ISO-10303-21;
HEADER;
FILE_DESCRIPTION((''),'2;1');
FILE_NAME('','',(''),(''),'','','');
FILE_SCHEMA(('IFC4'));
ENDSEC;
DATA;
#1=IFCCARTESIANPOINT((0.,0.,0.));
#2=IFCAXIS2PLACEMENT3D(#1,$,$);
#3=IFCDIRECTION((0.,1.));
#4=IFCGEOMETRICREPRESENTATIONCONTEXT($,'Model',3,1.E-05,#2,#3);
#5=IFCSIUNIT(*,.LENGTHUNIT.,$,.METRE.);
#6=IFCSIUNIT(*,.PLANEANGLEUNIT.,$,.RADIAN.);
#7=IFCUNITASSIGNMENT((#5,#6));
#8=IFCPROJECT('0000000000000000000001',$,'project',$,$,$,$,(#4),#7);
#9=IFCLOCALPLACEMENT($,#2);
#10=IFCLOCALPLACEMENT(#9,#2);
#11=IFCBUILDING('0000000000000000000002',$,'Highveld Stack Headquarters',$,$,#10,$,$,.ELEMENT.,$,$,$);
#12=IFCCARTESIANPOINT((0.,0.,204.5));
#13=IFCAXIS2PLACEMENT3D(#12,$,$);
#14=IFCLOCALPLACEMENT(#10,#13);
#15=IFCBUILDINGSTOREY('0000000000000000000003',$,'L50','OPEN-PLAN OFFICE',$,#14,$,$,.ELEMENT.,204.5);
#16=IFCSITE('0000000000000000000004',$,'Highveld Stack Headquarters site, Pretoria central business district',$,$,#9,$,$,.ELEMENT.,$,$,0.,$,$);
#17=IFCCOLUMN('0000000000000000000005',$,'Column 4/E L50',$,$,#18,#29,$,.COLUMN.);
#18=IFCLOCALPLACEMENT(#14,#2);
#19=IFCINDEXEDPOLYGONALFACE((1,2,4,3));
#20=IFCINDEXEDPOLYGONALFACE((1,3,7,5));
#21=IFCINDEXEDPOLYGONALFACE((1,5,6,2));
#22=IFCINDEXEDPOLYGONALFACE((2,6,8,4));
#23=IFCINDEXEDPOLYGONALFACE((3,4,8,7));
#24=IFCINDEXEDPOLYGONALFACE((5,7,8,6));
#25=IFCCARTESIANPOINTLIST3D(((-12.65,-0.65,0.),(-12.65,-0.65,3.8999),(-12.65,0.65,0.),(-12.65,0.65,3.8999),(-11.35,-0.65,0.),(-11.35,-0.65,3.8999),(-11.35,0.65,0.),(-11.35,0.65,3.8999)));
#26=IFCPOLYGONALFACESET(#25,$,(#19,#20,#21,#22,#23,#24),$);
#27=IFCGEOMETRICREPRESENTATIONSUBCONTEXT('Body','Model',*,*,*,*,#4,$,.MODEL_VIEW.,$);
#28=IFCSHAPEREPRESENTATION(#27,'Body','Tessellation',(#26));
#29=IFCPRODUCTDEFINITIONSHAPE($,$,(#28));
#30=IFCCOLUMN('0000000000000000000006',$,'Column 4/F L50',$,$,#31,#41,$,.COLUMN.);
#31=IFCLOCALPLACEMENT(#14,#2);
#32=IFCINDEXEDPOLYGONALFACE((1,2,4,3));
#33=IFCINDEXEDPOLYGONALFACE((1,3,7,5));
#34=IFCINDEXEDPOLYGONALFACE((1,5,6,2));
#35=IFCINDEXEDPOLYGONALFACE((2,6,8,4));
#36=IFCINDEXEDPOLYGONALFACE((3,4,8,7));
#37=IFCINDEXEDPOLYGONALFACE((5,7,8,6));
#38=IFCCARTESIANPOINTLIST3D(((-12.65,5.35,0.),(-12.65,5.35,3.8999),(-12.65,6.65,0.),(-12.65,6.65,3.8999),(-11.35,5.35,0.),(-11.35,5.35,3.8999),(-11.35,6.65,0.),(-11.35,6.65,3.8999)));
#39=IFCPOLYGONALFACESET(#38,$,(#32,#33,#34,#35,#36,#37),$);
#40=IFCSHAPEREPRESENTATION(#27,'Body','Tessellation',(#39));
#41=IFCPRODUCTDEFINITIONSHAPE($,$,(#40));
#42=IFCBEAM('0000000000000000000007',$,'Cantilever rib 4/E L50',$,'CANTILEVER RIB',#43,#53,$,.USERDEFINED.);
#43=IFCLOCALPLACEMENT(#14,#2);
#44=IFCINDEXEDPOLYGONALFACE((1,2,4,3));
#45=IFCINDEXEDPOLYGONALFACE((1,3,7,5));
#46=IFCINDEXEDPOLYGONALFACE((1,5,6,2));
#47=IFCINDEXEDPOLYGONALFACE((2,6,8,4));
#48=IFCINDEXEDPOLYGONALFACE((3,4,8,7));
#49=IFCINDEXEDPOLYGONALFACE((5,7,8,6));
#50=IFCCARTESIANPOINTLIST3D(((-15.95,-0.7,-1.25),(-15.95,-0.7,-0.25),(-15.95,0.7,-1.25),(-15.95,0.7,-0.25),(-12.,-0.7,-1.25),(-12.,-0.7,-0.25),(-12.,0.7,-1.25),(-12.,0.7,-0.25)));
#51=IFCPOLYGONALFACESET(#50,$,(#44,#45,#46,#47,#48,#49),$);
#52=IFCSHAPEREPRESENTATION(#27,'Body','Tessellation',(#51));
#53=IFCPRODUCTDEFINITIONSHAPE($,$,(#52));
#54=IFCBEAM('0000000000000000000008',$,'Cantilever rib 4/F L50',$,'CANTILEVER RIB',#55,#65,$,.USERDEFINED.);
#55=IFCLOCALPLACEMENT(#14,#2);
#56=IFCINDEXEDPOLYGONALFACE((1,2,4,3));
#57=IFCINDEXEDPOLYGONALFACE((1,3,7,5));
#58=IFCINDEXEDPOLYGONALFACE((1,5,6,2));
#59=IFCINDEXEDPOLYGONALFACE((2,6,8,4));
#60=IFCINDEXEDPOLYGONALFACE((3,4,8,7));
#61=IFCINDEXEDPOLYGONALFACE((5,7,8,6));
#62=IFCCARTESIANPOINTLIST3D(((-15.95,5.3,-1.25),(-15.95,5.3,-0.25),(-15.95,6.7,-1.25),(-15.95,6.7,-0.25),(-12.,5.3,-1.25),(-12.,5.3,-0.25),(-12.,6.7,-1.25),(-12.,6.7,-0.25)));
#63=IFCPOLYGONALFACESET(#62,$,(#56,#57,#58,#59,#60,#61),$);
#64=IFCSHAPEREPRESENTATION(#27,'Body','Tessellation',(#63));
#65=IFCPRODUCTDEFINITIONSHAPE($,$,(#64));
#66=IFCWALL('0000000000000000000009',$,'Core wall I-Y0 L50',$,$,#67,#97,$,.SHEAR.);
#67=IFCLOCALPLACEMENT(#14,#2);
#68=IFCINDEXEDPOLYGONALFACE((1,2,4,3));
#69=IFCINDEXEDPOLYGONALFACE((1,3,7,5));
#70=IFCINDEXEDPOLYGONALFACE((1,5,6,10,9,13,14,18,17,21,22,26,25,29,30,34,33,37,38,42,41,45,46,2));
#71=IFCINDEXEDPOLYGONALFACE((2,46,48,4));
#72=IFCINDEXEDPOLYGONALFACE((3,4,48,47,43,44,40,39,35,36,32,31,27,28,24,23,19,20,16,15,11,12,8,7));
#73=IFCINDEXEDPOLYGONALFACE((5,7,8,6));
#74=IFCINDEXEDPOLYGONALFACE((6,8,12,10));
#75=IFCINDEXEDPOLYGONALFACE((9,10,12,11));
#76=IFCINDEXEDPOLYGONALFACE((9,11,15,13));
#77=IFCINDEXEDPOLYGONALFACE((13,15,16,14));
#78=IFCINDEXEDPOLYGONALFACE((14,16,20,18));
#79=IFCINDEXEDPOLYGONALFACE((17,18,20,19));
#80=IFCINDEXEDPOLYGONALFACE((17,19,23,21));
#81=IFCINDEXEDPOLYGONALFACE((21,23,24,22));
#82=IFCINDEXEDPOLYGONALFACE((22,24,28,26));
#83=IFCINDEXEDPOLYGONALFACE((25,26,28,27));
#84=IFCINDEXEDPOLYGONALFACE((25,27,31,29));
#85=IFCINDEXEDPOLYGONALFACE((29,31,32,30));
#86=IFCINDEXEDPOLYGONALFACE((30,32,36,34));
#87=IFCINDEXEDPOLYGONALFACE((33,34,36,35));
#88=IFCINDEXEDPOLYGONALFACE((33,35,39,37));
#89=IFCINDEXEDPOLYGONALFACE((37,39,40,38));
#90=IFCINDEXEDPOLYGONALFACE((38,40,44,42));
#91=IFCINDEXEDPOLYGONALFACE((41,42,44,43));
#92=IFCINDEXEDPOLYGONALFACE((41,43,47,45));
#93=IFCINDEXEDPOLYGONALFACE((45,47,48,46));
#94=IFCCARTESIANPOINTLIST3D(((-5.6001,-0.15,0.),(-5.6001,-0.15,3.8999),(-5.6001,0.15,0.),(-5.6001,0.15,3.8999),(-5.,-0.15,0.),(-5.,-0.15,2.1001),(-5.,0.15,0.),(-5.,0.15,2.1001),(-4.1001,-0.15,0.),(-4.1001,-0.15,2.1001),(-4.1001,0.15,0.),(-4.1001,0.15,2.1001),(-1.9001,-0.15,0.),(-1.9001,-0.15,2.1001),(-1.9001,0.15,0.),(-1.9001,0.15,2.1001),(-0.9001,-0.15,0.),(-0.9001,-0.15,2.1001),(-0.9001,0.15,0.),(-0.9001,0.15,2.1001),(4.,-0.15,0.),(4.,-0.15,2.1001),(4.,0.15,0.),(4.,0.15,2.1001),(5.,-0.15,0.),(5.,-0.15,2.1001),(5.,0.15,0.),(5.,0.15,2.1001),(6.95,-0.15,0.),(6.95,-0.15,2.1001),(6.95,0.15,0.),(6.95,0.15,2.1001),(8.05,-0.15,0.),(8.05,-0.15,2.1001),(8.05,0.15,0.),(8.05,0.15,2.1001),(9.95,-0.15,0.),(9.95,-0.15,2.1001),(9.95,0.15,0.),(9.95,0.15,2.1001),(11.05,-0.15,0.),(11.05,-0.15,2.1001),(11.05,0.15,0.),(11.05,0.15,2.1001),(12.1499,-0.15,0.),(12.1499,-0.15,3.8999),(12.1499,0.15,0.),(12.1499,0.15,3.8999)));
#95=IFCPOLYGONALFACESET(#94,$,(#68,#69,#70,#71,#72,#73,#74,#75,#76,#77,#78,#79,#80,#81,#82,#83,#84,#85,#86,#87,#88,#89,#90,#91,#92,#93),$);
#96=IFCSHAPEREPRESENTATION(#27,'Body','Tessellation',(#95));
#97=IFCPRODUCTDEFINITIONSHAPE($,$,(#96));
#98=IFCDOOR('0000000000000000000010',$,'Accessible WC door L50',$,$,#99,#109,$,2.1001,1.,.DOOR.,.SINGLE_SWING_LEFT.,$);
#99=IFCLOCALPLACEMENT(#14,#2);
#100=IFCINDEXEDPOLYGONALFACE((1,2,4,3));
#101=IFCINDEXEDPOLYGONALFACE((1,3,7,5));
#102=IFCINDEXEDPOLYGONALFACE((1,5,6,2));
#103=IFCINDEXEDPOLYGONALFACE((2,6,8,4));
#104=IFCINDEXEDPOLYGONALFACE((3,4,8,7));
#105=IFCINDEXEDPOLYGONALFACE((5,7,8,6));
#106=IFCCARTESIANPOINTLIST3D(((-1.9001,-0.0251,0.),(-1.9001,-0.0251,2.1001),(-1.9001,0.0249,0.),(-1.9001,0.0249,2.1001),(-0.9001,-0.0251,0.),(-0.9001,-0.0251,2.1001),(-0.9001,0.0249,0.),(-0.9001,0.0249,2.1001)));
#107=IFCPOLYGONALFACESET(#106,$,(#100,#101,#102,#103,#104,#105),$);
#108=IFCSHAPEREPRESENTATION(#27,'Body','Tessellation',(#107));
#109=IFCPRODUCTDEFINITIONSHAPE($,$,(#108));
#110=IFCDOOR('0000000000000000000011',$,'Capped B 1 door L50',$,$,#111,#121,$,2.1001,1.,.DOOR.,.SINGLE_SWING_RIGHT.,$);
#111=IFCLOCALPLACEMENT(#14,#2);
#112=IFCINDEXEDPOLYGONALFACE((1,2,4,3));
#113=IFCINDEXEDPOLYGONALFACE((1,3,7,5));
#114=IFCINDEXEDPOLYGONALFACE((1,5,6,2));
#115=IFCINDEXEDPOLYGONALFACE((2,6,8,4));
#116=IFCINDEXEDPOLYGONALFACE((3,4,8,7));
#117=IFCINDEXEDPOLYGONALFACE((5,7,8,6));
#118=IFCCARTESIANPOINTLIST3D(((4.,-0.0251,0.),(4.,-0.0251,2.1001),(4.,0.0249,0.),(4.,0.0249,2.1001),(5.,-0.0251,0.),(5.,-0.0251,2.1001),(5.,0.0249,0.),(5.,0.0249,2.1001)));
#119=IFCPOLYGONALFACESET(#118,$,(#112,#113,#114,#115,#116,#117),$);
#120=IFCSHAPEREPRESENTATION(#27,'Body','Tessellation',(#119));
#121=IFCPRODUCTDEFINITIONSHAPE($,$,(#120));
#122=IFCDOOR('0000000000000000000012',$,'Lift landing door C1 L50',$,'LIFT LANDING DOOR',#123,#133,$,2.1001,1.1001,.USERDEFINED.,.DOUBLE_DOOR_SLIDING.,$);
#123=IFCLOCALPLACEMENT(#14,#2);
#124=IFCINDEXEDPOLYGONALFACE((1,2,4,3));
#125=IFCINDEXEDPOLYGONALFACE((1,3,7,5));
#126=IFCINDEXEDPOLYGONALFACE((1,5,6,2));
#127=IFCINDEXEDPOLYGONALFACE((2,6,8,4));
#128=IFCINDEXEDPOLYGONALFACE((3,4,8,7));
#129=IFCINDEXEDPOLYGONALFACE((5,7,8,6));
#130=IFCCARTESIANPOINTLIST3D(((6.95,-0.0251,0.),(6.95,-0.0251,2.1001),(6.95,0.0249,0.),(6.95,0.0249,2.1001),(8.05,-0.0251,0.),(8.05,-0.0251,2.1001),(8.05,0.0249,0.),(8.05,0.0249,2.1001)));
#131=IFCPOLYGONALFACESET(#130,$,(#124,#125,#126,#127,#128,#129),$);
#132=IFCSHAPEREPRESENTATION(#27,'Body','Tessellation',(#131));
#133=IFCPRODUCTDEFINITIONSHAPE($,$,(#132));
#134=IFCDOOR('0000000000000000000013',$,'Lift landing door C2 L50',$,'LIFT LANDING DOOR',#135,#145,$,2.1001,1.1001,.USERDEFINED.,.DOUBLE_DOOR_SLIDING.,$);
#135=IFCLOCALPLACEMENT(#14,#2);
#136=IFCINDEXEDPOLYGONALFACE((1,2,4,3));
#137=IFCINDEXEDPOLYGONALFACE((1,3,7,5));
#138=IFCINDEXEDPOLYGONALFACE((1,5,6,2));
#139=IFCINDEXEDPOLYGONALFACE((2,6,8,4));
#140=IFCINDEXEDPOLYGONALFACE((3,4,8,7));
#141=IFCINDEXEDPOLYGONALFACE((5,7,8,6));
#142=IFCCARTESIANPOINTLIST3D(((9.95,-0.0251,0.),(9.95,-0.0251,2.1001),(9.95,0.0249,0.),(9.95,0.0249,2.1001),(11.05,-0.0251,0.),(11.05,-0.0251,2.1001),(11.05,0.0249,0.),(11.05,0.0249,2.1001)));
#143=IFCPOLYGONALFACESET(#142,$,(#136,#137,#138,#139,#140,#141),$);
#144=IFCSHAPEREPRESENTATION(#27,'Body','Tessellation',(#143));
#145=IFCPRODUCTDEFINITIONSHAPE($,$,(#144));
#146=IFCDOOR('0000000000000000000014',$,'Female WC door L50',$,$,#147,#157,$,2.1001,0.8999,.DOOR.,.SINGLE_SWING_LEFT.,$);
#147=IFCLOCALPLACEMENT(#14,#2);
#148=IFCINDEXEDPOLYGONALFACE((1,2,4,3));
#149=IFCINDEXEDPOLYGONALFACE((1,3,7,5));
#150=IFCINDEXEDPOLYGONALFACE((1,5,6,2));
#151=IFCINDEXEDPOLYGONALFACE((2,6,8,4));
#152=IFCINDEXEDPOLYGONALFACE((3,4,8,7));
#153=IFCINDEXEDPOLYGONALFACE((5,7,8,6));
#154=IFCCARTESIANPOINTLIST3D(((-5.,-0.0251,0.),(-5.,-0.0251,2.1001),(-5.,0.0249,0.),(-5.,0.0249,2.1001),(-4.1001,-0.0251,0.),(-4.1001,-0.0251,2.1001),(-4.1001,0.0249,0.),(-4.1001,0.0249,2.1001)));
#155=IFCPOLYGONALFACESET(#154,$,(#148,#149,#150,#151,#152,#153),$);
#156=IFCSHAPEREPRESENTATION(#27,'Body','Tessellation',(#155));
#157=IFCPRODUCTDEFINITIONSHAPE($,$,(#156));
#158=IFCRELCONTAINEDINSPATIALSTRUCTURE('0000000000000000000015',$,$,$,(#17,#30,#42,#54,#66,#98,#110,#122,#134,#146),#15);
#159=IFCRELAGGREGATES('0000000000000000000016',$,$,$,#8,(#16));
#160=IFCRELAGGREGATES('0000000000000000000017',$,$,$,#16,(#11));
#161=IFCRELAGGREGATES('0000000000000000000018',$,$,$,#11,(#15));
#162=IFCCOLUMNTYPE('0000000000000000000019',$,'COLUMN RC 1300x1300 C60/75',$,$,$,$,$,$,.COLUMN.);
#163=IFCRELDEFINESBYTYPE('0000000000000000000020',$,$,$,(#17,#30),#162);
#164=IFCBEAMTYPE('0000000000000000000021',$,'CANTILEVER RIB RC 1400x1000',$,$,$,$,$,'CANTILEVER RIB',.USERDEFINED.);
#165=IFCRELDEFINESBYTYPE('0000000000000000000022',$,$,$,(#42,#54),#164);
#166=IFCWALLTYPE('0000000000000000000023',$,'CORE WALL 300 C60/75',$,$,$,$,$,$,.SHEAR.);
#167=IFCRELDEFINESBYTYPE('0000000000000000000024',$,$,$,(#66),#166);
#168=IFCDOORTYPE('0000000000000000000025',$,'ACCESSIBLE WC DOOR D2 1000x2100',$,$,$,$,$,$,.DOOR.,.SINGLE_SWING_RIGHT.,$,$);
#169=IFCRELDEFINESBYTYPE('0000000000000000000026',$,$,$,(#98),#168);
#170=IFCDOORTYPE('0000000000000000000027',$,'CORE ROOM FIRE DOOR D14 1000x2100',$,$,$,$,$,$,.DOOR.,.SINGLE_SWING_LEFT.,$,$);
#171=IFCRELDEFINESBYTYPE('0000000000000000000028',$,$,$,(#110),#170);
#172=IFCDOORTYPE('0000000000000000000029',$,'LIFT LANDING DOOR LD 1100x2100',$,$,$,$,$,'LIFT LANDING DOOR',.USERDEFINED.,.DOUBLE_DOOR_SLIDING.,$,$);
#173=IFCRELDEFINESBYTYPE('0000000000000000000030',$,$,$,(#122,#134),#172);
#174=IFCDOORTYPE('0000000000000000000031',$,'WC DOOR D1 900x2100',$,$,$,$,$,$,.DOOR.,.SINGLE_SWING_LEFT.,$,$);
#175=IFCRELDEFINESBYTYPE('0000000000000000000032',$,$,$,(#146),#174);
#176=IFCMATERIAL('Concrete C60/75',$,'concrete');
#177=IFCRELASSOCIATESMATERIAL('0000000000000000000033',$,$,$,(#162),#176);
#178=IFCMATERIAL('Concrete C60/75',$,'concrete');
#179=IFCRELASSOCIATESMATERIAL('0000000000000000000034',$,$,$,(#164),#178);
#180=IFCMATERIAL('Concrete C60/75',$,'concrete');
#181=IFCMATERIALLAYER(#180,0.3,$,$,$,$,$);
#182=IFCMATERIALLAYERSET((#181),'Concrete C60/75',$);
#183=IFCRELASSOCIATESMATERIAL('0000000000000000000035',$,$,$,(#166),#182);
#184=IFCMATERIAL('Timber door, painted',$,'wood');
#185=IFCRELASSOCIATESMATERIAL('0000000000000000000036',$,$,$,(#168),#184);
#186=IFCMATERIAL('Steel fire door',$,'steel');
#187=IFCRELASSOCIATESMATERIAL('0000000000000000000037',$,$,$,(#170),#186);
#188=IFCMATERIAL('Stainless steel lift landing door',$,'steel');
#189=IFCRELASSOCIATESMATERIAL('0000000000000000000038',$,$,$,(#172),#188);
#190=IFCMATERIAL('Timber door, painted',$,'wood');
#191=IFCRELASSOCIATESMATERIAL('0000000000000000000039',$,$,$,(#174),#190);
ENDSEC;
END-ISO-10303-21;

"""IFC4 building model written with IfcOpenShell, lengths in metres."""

from ifc_helpers import new_model, si_unit, direction, frame, frame_2d, origin, origin_2d, place, context, subcontext, project, spatial, rectangle, extrude, material, layer, layer_set, material_profile, profile_set, type_object, element, fill, save


model = new_model("IFC4")

# Units and contexts
model_context = context("Model", 3, precision=1e-05, world=origin(), true_north=direction((0.0, 1.0)))
body_context = subcontext(model_context, "Body", "Model", "MODEL_VIEW")
ifc_project = project(units=[si_unit("LENGTHUNIT", "METRE"), si_unit("PLANEANGLEUNIT", "RADIAN")], contexts=[model_context])

# Site, building, storey
site_placement = place(None, origin())
site = spatial("IfcSite", under=ifc_project, at=site_placement, Name="Highveld Stack Headquarters site, Pretoria central business district", CompositionType="ELEMENT", RefElevation=0.0)
building_placement = place(site_placement, origin())
building = spatial("IfcBuilding", under=site, at=building_placement, Name="Highveld Stack Headquarters", CompositionType="ELEMENT")
storey_placement = place(building_placement, frame((0.0, 0.0, 204.5)))
storey = spatial("IfcBuildingStorey", under=building, at=storey_placement, Name="L50", Description="OPEN-PLAN OFFICE", CompositionType="ELEMENT", Elevation=204.5)

# Columns
ifc_material_1 = material(Name="Concrete C60/75", Category="concrete")
ifc_material_profile_1 = material_profile(ifc_material_1, rectangle(XDim=1.3, YDim=1.3, at=origin_2d()), Name="RC 1300x1300")
ifc_profile_set_1 = profile_set([ifc_material_profile_1], Name="Concrete C60/75")
column_type = type_object("IfcColumnType", Name="COLUMN RC 1300x1300 C60/75", PredefinedType="COLUMN", material=ifc_profile_set_1)
for number, where, z_axis, x_axis, name in (
    (1, (-12.0, 0.0, 0.0), (0.0, 0.0, 1.0), (1.0, 0.0, 0.0), "Column 4/E L50"),
    (2, (-12.0, 6.0, 0.0), (0.0, 0.0, 1.0), (1.0, 0.0, 0.0), "Column 4/F L50"),
):
    element("IfcColumn", number, at=place(storey_placement, frame(where, z_axis=z_axis, x_axis=x_axis)), inside=storey, type_object=column_type, Name=name, PredefinedType="COLUMN", context=body_context, shape_type="SweptSolid", body=[
        extrude(rectangle(XDim=1.3, YDim=1.3, at=origin_2d()), origin(), (0.0, 0.0, 1.0), 3.8999),
    ])

# Beams
ifc_material_2 = material(Name="Concrete C60/75", Category="concrete")
ifc_material_profile_2 = material_profile(ifc_material_2, rectangle(XDim=1.3999, YDim=1.0, at=origin_2d()), Name="RC 1400x1000")
ifc_profile_set_2 = profile_set([ifc_material_profile_2], Name="Concrete C60/75")
beam_type = type_object("IfcBeamType", Name="CANTILEVER RIB RC 1400x1000", ElementType="CANTILEVER RIB", PredefinedType="USERDEFINED", material=ifc_profile_set_2)
for number, where, z_axis, x_axis, name in (
    (3, (-12.0, 0.0, -0.75), (-1.0, 0.0, 0.0), (0.0, -1.0, 0.0), "Cantilever rib 4/E L50"),
    (4, (-12.0, 6.0, -0.75), (-1.0, 0.0, 0.0), (0.0, -1.0, 0.0), "Cantilever rib 4/F L50"),
):
    element("IfcBeam", number, at=place(storey_placement, frame(where, z_axis=z_axis, x_axis=x_axis)), inside=storey, type_object=beam_type, Name=name, ObjectType="CANTILEVER RIB", PredefinedType="USERDEFINED", context=body_context, shape_type="SweptSolid", body=[
        extrude(rectangle(XDim=1.3999, YDim=1.0, at=origin_2d()), origin(), (0.0, 0.0, 1.0), 3.95),
    ])

# Wall, openings, doors
ifc_material_3 = material(Name="Concrete C60/75", Category="concrete")
ifc_layer_1 = layer(ifc_material_3, 0.3)
ifc_layer_set_1 = layer_set([ifc_layer_1], Name="Concrete C60/75")
wall_type_1 = type_object("IfcWallType", Name="CORE WALL 300 C60/75", PredefinedType="SHEAR", material=ifc_layer_set_1)
wall_1_placement = place(storey_placement, frame((-5.6001, 0.0, 0.0), z_axis=(0.0, 0.0, 1.0), x_axis=(1.0, 0.0, 0.0)))
wall_1 = element("IfcWall", 5, at=wall_1_placement, inside=storey, type_object=wall_type_1, Name="Core wall I-Y0 L50", PredefinedType="SHEAR", context=body_context, shape_type="SweptSolid", body=[
    extrude(rectangle(XDim=17.75, YDim=0.3, at=frame_2d((8.875, 0.0))), origin(), (0.0, 0.0, 1.0), 3.8999),
])
opening_1_placement = place(wall_1_placement, frame((0.6001, 0.0, 0.0)))
opening_1 = element("IfcOpeningElement", 6, at=opening_1_placement, cuts=wall_1, PredefinedType="OPENING", context=body_context, shape_type="SweptSolid", body=[
    extrude(rectangle(XDim=0.8999, YDim=2.1001, at=frame_2d((0.45, 1.05))), frame((0.0, 0.1599, 0.0), z_axis=(0.0, -1.0, 0.0), x_axis=(1.0, 0.0, 0.0)), (0.0, 0.0, 1.0), 0.3201),
])
opening_2_placement = place(wall_1_placement, frame((3.7, 0.0, 0.0)))
opening_2 = element("IfcOpeningElement", 7, at=opening_2_placement, cuts=wall_1, PredefinedType="OPENING", context=body_context, shape_type="SweptSolid", body=[
    extrude(rectangle(XDim=1.0, YDim=2.1001, at=frame_2d((0.5, 1.05))), frame((0.0, 0.1599, 0.0), z_axis=(0.0, -1.0, 0.0), x_axis=(1.0, 0.0, 0.0)), (0.0, 0.0, 1.0), 0.3201),
])
opening_3_placement = place(wall_1_placement, frame((9.6001, 0.0, 0.0)))
opening_3 = element("IfcOpeningElement", 8, at=opening_3_placement, cuts=wall_1, PredefinedType="OPENING", context=body_context, shape_type="SweptSolid", body=[
    extrude(rectangle(XDim=1.0, YDim=2.1001, at=frame_2d((0.5, 1.05))), frame((0.0, 0.1599, 0.0), z_axis=(0.0, -1.0, 0.0), x_axis=(1.0, 0.0, 0.0)), (0.0, 0.0, 1.0), 0.3201),
])
opening_4_placement = place(wall_1_placement, frame((12.55, 0.0, 0.0)))
opening_4 = element("IfcOpeningElement", 9, at=opening_4_placement, cuts=wall_1, PredefinedType="OPENING", context=body_context, shape_type="SweptSolid", body=[
    extrude(rectangle(XDim=1.1001, YDim=2.1001, at=frame_2d((0.55, 1.05))), frame((0.0, 0.1599, 0.0), z_axis=(0.0, -1.0, 0.0), x_axis=(1.0, 0.0, 0.0)), (0.0, 0.0, 1.0), 0.3201),
])
opening_5_placement = place(wall_1_placement, frame((15.55, 0.0, 0.0)))
opening_5 = element("IfcOpeningElement", 10, at=opening_5_placement, cuts=wall_1, PredefinedType="OPENING", context=body_context, shape_type="SweptSolid", body=[
    extrude(rectangle(XDim=1.1001, YDim=2.1001, at=frame_2d((0.55, 1.05))), frame((0.0, 0.1599, 0.0), z_axis=(0.0, -1.0, 0.0), x_axis=(1.0, 0.0, 0.0)), (0.0, 0.0, 1.0), 0.3201),
])
ifc_material_4 = material(Name="Timber door, painted", Category="wood")
door_type_1 = type_object("IfcDoorType", Name="ACCESSIBLE WC DOOR D2 1000x2100", OperationType="SINGLE_SWING_RIGHT", PredefinedType="DOOR", material=ifc_material_4)
door_1_placement = place(opening_2_placement, origin())
door_1 = element("IfcDoor", 11, at=door_1_placement, inside=storey, type_object=door_type_1, Name="Accessible WC door L50", OperationType="SINGLE_SWING_LEFT", OverallHeight=2.1001, OverallWidth=1.0, PredefinedType="DOOR", context=body_context, shape_type="SweptSolid", body=[
    extrude(rectangle(XDim=1.0, YDim=2.1001, at=frame_2d((0.5, 1.05))), frame((0.0, 0.0249, 0.0), z_axis=(0.0, -1.0, 0.0), x_axis=(1.0, 0.0, 0.0)), (0.0, 0.0, 1.0), 0.05),
])
fill(opening_2, door_1)
ifc_material_5 = material(Name="Steel fire door", Category="steel")
door_type_2 = type_object("IfcDoorType", Name="CORE ROOM FIRE DOOR D14 1000x2100", OperationType="SINGLE_SWING_LEFT", PredefinedType="DOOR", material=ifc_material_5)
door_2_placement = place(opening_3_placement, origin())
door_2 = element("IfcDoor", 12, at=door_2_placement, inside=storey, type_object=door_type_2, Name="Capped B 1 door L50", OperationType="SINGLE_SWING_RIGHT", OverallHeight=2.1001, OverallWidth=1.0, PredefinedType="DOOR", context=body_context, shape_type="SweptSolid", body=[
    extrude(rectangle(XDim=1.0, YDim=2.1001, at=frame_2d((0.5, 1.05))), frame((0.0, 0.0249, 0.0), z_axis=(0.0, -1.0, 0.0), x_axis=(1.0, 0.0, 0.0)), (0.0, 0.0, 1.0), 0.05),
])
fill(opening_3, door_2)
ifc_material_6 = material(Name="Stainless steel lift landing door", Category="steel")
door_type_3 = type_object("IfcDoorType", Name="LIFT LANDING DOOR LD 1100x2100", ElementType="LIFT LANDING DOOR", OperationType="DOUBLE_DOOR_SLIDING", PredefinedType="USERDEFINED", material=ifc_material_6)
door_3_placement = place(opening_4_placement, origin())
door_3 = element("IfcDoor", 13, at=door_3_placement, inside=storey, type_object=door_type_3, Name="Lift landing door C1 L50", ObjectType="LIFT LANDING DOOR", OperationType="DOUBLE_DOOR_SLIDING", OverallHeight=2.1001, OverallWidth=1.1001, PredefinedType="USERDEFINED", context=body_context, shape_type="SweptSolid", body=[
    extrude(rectangle(XDim=1.1001, YDim=2.1001, at=frame_2d((0.55, 1.05))), frame((0.0, 0.0249, 0.0), z_axis=(0.0, -1.0, 0.0), x_axis=(1.0, 0.0, 0.0)), (0.0, 0.0, 1.0), 0.05),
])
fill(opening_4, door_3)
door_4_placement = place(opening_5_placement, origin())
door_4 = element("IfcDoor", 14, at=door_4_placement, inside=storey, type_object=door_type_3, Name="Lift landing door C2 L50", ObjectType="LIFT LANDING DOOR", OperationType="DOUBLE_DOOR_SLIDING", OverallHeight=2.1001, OverallWidth=1.1001, PredefinedType="USERDEFINED", context=body_context, shape_type="SweptSolid", body=[
    extrude(rectangle(XDim=1.1001, YDim=2.1001, at=frame_2d((0.55, 1.05))), frame((0.0, 0.0249, 0.0), z_axis=(0.0, -1.0, 0.0), x_axis=(1.0, 0.0, 0.0)), (0.0, 0.0, 1.0), 0.05),
])
fill(opening_5, door_4)
ifc_material_7 = material(Name="Timber door, painted", Category="wood")
door_type_4 = type_object("IfcDoorType", Name="WC DOOR D1 900x2100", OperationType="SINGLE_SWING_LEFT", PredefinedType="DOOR", material=ifc_material_7)
door_5_placement = place(opening_1_placement, origin())
door_5 = element("IfcDoor", 15, at=door_5_placement, inside=storey, type_object=door_type_4, Name="Female WC door L50", OperationType="SINGLE_SWING_LEFT", OverallHeight=2.1001, OverallWidth=0.8999, PredefinedType="DOOR", context=body_context, shape_type="SweptSolid", body=[
    extrude(rectangle(XDim=0.8999, YDim=2.1001, at=frame_2d((0.45, 1.05))), frame((0.0, 0.0249, 0.0), z_axis=(0.0, -1.0, 0.0), x_axis=(1.0, 0.0, 0.0)), (0.0, 0.0, 1.0), 0.05),
])
fill(opening_1, door_5)

save(model, "model.ifc")
